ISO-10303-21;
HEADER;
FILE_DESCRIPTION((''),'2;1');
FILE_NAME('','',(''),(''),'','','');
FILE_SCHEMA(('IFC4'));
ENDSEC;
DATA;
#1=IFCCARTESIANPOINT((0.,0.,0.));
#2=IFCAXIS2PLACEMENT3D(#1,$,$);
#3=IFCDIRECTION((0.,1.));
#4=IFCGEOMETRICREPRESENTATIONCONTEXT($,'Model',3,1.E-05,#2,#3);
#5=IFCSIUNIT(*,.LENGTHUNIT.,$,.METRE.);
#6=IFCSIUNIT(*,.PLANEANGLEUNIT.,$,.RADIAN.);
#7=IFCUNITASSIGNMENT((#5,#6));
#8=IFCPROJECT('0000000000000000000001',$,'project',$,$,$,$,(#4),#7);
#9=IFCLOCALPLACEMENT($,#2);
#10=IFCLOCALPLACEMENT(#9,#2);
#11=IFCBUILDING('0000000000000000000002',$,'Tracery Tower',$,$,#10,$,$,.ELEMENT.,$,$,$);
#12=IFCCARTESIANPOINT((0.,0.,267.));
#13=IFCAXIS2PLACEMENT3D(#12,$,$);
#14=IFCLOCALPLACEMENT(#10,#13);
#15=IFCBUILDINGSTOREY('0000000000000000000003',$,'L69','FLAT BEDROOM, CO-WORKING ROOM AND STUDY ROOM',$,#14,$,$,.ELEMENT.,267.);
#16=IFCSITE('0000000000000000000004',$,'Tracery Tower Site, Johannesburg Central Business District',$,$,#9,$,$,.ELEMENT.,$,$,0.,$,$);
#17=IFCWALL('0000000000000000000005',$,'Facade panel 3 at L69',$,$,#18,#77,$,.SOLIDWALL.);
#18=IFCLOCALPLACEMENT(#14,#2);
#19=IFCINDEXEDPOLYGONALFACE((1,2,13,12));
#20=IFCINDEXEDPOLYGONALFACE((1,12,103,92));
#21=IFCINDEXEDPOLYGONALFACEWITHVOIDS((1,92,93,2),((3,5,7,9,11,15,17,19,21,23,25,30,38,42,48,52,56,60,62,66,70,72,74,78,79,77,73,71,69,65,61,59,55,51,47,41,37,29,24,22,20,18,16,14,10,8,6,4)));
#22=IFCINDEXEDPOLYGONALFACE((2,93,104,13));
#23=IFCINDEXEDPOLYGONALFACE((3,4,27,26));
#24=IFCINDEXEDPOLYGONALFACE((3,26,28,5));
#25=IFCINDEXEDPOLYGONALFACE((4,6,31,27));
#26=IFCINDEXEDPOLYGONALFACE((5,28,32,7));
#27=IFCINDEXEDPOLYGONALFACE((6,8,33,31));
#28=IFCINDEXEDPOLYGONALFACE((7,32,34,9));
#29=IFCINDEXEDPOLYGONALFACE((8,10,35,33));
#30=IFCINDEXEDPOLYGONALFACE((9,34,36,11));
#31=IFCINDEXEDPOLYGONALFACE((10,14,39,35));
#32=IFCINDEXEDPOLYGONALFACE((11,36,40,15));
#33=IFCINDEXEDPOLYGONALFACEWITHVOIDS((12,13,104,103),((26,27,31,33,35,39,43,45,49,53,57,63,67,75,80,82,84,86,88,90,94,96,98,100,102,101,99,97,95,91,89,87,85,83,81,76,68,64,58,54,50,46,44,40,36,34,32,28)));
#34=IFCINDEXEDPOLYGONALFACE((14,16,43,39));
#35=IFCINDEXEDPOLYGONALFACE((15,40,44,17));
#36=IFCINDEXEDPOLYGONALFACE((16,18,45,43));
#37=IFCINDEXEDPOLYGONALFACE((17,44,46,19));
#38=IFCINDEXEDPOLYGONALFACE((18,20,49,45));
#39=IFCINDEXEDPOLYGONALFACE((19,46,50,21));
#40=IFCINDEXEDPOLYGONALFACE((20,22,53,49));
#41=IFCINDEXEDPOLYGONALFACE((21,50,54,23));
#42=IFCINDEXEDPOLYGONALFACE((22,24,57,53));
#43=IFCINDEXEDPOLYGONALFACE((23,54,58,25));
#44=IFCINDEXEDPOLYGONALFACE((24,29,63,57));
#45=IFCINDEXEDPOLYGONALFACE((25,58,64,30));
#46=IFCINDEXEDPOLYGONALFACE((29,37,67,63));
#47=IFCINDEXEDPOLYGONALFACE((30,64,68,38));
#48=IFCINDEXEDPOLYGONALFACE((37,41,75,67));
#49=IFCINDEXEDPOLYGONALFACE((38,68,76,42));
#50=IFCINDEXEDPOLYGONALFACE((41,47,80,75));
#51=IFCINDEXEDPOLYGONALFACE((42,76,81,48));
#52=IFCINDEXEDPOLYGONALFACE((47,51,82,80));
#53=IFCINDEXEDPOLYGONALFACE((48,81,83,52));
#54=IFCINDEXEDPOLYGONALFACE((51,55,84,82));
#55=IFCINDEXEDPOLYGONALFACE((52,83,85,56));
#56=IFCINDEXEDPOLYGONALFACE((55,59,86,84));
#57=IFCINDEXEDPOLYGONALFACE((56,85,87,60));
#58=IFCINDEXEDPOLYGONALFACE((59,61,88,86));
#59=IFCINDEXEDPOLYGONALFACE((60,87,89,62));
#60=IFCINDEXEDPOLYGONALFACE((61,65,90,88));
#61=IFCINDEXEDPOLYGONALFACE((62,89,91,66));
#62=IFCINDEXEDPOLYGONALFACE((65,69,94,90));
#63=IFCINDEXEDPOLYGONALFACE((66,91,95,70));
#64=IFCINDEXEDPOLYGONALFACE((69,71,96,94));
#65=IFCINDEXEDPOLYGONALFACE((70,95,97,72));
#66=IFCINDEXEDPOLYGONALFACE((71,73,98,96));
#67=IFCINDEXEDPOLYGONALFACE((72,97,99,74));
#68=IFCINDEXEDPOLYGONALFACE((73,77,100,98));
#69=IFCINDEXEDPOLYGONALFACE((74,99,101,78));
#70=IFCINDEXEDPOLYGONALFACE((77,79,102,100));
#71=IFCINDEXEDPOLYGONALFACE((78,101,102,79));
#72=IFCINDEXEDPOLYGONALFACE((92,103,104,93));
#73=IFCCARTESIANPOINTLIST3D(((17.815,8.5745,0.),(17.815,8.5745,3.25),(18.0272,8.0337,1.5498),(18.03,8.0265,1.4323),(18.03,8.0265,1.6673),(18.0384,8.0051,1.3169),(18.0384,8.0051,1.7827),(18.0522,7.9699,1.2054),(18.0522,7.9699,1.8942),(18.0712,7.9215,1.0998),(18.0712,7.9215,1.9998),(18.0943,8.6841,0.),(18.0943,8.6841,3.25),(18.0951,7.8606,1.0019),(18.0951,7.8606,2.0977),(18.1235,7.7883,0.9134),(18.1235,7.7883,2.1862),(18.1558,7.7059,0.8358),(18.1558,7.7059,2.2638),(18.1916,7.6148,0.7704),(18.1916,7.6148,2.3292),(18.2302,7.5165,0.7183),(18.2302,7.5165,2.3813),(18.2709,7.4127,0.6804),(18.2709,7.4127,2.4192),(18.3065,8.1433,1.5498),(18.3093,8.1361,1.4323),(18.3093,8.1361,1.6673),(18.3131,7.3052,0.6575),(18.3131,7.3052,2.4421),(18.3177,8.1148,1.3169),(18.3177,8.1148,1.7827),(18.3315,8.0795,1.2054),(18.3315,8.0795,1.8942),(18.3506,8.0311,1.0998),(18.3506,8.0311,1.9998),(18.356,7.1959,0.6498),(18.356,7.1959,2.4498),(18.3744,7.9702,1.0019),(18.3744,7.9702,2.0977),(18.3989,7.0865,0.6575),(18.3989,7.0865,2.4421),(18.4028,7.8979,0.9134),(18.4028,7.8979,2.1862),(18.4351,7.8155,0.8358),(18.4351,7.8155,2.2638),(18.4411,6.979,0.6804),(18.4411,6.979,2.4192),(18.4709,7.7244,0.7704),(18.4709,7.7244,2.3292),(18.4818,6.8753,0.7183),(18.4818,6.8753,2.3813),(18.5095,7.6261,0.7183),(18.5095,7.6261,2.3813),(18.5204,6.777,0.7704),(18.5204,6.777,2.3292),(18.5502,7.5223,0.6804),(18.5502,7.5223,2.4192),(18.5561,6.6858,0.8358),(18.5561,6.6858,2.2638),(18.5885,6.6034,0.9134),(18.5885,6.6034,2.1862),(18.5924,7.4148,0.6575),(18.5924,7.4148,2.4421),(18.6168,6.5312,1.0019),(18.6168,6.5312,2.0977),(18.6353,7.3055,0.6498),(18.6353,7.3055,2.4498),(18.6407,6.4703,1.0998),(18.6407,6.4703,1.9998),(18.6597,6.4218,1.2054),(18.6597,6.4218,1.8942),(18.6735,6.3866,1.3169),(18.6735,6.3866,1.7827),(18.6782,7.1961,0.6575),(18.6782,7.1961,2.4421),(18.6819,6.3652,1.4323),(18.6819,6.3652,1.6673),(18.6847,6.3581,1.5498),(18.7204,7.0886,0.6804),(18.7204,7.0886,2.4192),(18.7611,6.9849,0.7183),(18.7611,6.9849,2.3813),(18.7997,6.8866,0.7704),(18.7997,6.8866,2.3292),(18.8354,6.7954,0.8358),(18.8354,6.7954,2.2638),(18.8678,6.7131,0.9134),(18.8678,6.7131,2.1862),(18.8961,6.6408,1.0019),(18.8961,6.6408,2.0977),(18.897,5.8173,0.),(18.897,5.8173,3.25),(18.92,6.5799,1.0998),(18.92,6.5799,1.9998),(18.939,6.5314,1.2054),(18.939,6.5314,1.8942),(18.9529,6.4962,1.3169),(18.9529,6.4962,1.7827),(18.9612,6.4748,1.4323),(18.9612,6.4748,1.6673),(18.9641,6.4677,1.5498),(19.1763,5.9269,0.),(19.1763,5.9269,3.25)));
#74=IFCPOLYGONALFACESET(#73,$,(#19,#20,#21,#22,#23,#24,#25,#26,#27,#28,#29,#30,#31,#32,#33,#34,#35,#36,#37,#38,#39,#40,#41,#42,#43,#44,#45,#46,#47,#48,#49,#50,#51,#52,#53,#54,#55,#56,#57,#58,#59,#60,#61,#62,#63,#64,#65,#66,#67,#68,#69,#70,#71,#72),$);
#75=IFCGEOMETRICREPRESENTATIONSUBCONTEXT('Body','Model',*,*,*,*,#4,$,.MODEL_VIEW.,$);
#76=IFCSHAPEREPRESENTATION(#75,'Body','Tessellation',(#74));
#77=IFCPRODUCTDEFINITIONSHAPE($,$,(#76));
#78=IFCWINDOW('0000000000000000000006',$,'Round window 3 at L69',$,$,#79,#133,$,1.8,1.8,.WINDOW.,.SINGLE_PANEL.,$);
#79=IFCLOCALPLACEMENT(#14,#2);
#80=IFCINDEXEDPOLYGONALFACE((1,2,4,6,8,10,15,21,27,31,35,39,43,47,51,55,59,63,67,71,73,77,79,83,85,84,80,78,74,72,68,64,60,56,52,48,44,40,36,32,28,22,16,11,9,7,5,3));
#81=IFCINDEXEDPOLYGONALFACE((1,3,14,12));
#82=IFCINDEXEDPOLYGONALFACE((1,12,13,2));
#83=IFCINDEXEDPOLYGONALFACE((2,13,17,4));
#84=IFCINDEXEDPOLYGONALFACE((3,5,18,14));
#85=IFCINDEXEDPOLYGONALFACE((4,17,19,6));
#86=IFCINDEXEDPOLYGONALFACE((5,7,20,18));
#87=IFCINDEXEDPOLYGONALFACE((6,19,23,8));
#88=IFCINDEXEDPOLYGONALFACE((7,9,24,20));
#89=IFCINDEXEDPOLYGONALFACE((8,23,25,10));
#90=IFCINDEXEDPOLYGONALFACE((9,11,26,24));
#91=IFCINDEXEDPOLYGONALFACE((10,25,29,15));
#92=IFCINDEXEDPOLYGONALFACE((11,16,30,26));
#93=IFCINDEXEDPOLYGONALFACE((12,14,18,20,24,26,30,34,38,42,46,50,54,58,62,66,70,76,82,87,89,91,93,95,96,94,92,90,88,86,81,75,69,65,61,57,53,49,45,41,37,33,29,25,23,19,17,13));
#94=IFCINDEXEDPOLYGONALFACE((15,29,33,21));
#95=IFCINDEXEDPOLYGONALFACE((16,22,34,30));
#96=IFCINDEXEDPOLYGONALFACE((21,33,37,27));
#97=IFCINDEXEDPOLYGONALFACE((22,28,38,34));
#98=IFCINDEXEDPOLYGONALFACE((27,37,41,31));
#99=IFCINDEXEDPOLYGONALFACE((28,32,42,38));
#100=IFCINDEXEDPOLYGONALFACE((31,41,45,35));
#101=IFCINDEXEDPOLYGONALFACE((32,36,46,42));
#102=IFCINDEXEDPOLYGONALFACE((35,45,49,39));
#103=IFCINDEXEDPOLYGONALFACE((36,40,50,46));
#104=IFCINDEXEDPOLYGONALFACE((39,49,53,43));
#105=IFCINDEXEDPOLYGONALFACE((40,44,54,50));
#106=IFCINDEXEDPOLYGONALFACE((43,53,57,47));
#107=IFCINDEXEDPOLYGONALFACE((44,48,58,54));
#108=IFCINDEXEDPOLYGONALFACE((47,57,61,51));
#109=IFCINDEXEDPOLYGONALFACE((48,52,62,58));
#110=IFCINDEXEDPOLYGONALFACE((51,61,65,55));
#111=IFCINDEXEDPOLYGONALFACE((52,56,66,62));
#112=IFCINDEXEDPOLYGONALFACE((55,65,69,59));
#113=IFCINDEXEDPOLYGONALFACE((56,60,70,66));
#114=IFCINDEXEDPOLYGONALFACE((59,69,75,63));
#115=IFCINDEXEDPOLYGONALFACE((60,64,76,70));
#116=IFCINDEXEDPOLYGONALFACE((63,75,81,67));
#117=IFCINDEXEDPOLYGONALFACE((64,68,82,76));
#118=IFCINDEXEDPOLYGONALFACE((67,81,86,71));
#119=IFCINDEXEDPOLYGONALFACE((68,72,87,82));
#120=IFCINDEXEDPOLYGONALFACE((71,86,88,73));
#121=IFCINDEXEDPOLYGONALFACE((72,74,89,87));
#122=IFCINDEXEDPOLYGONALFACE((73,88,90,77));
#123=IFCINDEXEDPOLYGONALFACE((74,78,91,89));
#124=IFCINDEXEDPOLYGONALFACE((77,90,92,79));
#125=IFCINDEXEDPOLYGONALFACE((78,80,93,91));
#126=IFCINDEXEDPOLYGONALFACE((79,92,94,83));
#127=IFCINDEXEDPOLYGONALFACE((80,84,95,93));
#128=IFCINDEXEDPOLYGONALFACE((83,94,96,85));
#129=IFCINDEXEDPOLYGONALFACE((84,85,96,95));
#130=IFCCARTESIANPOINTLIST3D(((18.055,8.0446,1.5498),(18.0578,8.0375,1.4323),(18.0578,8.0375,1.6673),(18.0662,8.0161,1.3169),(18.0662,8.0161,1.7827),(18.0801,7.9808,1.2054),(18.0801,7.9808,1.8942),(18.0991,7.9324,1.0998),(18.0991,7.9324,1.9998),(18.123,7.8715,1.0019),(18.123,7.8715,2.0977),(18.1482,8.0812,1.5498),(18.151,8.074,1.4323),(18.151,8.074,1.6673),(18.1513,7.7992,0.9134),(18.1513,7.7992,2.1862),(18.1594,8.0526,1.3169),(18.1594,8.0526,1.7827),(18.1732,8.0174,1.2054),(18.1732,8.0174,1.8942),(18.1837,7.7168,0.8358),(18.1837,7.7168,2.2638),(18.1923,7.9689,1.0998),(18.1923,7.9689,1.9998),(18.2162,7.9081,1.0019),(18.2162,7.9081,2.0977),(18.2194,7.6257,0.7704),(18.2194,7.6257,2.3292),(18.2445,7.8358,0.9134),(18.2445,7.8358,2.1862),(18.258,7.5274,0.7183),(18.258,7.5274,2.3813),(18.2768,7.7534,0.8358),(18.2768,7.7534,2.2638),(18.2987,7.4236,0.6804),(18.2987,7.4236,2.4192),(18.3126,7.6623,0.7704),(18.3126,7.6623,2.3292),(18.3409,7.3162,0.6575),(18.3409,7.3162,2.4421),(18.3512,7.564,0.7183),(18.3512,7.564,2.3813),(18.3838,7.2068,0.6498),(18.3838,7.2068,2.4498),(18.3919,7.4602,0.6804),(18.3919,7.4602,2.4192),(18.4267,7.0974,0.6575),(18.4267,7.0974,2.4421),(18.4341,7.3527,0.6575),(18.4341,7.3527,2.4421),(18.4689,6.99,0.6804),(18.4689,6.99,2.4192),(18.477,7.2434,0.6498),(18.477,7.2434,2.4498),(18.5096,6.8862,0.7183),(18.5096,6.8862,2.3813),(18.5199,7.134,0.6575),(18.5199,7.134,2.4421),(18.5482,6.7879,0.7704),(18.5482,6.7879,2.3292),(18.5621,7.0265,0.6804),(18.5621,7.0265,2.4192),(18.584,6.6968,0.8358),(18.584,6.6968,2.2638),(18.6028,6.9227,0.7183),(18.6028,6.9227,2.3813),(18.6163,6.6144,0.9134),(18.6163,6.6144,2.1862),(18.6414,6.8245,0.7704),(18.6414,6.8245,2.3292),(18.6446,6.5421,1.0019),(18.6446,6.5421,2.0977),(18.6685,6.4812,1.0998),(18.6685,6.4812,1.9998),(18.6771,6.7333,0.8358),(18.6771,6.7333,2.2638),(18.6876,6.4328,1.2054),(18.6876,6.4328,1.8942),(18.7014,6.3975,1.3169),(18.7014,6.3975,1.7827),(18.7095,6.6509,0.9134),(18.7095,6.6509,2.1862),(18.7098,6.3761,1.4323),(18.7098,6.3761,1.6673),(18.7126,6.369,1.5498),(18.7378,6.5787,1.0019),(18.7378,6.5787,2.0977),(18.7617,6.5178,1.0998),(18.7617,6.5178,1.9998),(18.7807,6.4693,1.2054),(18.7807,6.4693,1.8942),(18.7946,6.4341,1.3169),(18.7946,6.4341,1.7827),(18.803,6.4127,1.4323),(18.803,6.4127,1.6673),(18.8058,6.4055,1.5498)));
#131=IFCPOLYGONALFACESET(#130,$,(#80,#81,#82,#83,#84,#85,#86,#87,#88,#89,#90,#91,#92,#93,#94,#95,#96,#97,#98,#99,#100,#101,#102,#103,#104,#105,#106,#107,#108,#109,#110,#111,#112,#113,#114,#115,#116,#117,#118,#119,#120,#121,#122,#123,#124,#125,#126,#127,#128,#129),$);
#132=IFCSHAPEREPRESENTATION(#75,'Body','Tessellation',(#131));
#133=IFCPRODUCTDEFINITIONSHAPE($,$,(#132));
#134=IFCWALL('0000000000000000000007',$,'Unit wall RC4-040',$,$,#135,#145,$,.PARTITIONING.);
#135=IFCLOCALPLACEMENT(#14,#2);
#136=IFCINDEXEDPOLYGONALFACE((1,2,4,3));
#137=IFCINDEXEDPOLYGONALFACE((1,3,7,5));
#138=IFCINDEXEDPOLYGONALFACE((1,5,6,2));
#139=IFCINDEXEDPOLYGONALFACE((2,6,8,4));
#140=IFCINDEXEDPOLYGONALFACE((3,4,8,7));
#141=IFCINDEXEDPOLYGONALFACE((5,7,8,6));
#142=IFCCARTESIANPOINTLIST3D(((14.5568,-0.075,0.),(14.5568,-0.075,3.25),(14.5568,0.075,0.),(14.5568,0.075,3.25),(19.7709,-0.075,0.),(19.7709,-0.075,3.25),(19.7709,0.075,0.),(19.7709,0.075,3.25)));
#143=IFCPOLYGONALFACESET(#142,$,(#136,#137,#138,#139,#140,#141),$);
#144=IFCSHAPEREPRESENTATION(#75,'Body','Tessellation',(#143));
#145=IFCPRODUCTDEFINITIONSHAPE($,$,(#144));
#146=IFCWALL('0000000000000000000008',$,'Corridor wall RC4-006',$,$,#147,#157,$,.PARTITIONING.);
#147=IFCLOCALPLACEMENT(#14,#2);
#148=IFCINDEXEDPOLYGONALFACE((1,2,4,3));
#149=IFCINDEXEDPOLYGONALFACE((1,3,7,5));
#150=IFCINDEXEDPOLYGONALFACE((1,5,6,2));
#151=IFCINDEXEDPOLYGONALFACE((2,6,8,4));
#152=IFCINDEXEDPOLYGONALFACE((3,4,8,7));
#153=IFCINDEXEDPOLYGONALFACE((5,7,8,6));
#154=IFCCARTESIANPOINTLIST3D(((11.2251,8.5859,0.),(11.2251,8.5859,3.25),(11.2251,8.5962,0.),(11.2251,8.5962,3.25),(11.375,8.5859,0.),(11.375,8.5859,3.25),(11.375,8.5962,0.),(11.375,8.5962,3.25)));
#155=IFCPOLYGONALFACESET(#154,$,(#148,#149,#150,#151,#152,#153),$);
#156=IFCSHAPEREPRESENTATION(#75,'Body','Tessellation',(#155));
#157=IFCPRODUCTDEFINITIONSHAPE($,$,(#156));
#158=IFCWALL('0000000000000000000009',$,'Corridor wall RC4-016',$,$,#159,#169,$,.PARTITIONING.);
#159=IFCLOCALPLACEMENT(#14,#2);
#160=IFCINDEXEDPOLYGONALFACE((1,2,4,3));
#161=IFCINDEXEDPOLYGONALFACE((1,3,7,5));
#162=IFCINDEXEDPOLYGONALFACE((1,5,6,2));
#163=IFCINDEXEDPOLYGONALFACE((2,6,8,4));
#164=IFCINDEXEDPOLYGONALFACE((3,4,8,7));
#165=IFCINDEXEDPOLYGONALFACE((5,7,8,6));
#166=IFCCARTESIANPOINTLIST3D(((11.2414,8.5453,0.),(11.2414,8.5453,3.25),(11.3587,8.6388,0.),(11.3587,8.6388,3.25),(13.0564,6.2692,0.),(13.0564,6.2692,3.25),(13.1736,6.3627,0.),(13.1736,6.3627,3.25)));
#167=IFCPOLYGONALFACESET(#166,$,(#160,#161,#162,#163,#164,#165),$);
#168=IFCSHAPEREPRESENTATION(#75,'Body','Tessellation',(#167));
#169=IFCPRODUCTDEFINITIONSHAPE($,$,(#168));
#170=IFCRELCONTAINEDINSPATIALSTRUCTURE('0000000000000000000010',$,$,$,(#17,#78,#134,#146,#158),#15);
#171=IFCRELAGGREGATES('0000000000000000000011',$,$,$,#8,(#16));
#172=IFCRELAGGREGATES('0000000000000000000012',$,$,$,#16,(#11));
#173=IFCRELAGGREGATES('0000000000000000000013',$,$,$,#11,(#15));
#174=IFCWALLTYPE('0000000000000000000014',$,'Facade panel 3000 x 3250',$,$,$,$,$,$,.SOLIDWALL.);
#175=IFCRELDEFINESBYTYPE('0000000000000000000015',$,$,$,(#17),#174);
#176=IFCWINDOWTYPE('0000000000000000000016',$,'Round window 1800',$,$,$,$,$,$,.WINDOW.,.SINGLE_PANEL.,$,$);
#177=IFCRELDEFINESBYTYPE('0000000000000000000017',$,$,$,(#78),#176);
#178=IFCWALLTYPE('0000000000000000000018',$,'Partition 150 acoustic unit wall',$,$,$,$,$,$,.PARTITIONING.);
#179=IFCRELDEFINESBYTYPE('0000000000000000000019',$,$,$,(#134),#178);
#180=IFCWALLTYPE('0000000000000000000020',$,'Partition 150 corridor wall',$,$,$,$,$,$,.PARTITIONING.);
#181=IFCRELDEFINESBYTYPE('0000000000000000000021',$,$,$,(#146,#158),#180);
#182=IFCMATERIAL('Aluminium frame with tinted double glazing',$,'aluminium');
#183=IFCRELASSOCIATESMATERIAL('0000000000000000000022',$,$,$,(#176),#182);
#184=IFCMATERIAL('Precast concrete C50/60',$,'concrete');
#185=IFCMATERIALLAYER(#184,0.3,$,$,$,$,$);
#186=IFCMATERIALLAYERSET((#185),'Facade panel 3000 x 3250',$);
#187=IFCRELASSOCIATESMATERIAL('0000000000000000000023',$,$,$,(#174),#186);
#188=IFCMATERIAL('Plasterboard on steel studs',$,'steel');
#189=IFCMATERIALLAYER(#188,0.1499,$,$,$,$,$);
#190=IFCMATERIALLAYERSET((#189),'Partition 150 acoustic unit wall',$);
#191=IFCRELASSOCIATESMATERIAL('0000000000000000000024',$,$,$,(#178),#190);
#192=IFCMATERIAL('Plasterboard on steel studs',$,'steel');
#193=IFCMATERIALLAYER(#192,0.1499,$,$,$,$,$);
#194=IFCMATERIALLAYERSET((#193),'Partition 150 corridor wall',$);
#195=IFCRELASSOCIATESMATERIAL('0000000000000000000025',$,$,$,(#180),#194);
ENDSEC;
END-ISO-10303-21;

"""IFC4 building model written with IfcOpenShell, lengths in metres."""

from ifc_helpers import new_model, si_unit, direction, frame, frame_2d, origin, origin_2d, place, context, subcontext, project, spatial, rectangle, circle, extrude, material, layer, layer_set, type_object, element, fill, save


model = new_model("IFC4")

# Units and contexts
model_context = context("Model", 3, precision=1e-05, world=origin(), true_north=direction((0.0, 1.0)))
body_context = subcontext(model_context, "Body", "Model", "MODEL_VIEW")
ifc_project = project(units=[si_unit("LENGTHUNIT", "METRE"), si_unit("PLANEANGLEUNIT", "RADIAN")], contexts=[model_context])

# Site, building, storey
site_placement = place(None, origin())
site = spatial("IfcSite", under=ifc_project, at=site_placement, Name="Tracery Tower Site, Johannesburg Central Business District", CompositionType="ELEMENT", RefElevation=0.0)
building_placement = place(site_placement, origin())
building = spatial("IfcBuilding", under=site, at=building_placement, Name="Tracery Tower", CompositionType="ELEMENT")
storey_placement = place(building_placement, frame((0.0, 0.0, 267.0)))
storey = spatial("IfcBuildingStorey", under=building, at=storey_placement, Name="L69", Description="FLAT BEDROOM, CO-WORKING ROOM AND STUDY ROOM", CompositionType="ELEMENT", Elevation=267.0)

# Wall, opening, window
ifc_material_1 = material(Name="Aluminium frame with tinted double glazing", Category="aluminium")
window_type = type_object("IfcWindowType", Name="Round window 1800", PartitioningType="SINGLE_PANEL", PredefinedType="WINDOW", material=ifc_material_1)
ifc_material_2 = material(Name="Precast concrete C50/60", Category="concrete")
ifc_layer_1 = layer(ifc_material_2, 0.3)
ifc_layer_set_1 = layer_set([ifc_layer_1], Name="Facade panel 3000 x 3250")
wall_type_1 = type_object("IfcWallType", Name="Facade panel 3000 x 3250", PredefinedType="SOLIDWALL", material=ifc_layer_set_1)
wall_1_placement = place(storey_placement, frame((19.0366, 5.8721, 0.0), z_axis=(0.0, 0.0, 1.0), x_axis=(-0.3653, 0.93089, 0.0)))
wall_1 = element("IfcWall", 1, at=wall_1_placement, inside=storey, type_object=wall_type_1, Name="Facade panel 3 at L69", PredefinedType="SOLIDWALL", context=body_context, shape_type="SweptSolid", body=[
    extrude(rectangle(XDim=2.9619, YDim=0.3, at=frame_2d((1.481, 0.0))), origin(), (0.0, 0.0, 1.0), 3.25),
])
opening_1_placement = place(wall_1_placement, frame((1.481, 0.0, 1.5498)))
opening_1 = element("IfcOpeningElement", 2, at=opening_1_placement, cuts=wall_1, PredefinedType="OPENING", context=body_context, shape_type="SweptSolid", body=[
    extrude(circle(Radius=0.9, at=origin_2d()), frame((0.0, 0.1599, 0.0), z_axis=(0.0, -1.0, 0.0), x_axis=(1.0, 0.0, 0.0)), (0.0, 0.0, 1.0), 0.3201),
])
window_1_placement = place(opening_1_placement, origin())
window_1 = element("IfcWindow", 3, at=window_1_placement, inside=storey, type_object=window_type, Name="Round window 3 at L69", OverallHeight=1.8, OverallWidth=1.8, PartitioningType="SINGLE_PANEL", PredefinedType="WINDOW", context=body_context, shape_type="SweptSolid", body=[
    extrude(circle(Radius=0.9, at=origin_2d()), frame((0.0, 0.1201, 0.0), z_axis=(0.0, -1.0, 0.0), x_axis=(1.0, 0.0, 0.0)), (0.0, 0.0, 1.0), 0.1001),
])
fill(opening_1, window_1)

# Walls
ifc_material_3 = material(Name="Plasterboard on steel studs", Category="steel")
ifc_layer_2 = layer(ifc_material_3, 0.1499)
ifc_layer_set_2 = layer_set([ifc_layer_2], Name="Partition 150 acoustic unit wall")
wall_type_2 = type_object("IfcWallType", Name="Partition 150 acoustic unit wall", PredefinedType="PARTITIONING", material=ifc_layer_set_2)
wall_2_placement = place(storey_placement, frame((14.5569, 0.0, 0.0), z_axis=(0.0, 0.0, 1.0), x_axis=(1.0, 0.0, 0.0)))
element("IfcWall", 4, at=wall_2_placement, inside=storey, type_object=wall_type_2, Name="Unit wall RC4-040", PredefinedType="PARTITIONING", context=body_context, shape_type="SweptSolid", body=[
    extrude(rectangle(XDim=5.2141, YDim=0.1499, at=frame_2d((2.6069, 0.0))), origin(), (0.0, 0.0, 1.0), 3.25),
])
ifc_material_4 = material(Name="Plasterboard on steel studs", Category="steel")
ifc_layer_3 = layer(ifc_material_4, 0.1499)
ifc_layer_set_3 = layer_set([ifc_layer_3], Name="Partition 150 corridor wall")
wall_type_3 = type_object("IfcWallType", Name="Partition 150 corridor wall", PredefinedType="PARTITIONING", material=ifc_layer_set_3)
wall_3_placement = place(storey_placement, frame((11.3, 8.5859, 0.0), z_axis=(0.0, 0.0, 1.0), x_axis=(0.0, 1.0, 0.0)))
element("IfcWall", 5, at=wall_3_placement, inside=storey, type_object=wall_type_3, Name="Corridor wall RC4-006", PredefinedType="PARTITIONING", context=body_context, shape_type="SweptSolid", body=[
    extrude(rectangle(XDim=0.0103, YDim=0.1499, at=frame_2d((0.0051, 0.0))), origin(), (0.0, 0.0, 1.0), 3.25),
])
wall_4_placement = place(storey_placement, frame((11.3, 8.592, 0.0), z_axis=(0.0, 0.0, 1.0), x_axis=(0.623447, -0.781866, 0.0)))
element("IfcWall", 6, at=wall_4_placement, inside=storey, type_object=wall_type_3, Name="Corridor wall RC4-016", PredefinedType="PARTITIONING", context=body_context, shape_type="SweptSolid", body=[
    extrude(rectangle(XDim=2.9111, YDim=0.1499, at=frame_2d((1.4556, 0.0))), origin(), (0.0, 0.0, 1.0), 3.25),
])

save(model, "model.ifc")
